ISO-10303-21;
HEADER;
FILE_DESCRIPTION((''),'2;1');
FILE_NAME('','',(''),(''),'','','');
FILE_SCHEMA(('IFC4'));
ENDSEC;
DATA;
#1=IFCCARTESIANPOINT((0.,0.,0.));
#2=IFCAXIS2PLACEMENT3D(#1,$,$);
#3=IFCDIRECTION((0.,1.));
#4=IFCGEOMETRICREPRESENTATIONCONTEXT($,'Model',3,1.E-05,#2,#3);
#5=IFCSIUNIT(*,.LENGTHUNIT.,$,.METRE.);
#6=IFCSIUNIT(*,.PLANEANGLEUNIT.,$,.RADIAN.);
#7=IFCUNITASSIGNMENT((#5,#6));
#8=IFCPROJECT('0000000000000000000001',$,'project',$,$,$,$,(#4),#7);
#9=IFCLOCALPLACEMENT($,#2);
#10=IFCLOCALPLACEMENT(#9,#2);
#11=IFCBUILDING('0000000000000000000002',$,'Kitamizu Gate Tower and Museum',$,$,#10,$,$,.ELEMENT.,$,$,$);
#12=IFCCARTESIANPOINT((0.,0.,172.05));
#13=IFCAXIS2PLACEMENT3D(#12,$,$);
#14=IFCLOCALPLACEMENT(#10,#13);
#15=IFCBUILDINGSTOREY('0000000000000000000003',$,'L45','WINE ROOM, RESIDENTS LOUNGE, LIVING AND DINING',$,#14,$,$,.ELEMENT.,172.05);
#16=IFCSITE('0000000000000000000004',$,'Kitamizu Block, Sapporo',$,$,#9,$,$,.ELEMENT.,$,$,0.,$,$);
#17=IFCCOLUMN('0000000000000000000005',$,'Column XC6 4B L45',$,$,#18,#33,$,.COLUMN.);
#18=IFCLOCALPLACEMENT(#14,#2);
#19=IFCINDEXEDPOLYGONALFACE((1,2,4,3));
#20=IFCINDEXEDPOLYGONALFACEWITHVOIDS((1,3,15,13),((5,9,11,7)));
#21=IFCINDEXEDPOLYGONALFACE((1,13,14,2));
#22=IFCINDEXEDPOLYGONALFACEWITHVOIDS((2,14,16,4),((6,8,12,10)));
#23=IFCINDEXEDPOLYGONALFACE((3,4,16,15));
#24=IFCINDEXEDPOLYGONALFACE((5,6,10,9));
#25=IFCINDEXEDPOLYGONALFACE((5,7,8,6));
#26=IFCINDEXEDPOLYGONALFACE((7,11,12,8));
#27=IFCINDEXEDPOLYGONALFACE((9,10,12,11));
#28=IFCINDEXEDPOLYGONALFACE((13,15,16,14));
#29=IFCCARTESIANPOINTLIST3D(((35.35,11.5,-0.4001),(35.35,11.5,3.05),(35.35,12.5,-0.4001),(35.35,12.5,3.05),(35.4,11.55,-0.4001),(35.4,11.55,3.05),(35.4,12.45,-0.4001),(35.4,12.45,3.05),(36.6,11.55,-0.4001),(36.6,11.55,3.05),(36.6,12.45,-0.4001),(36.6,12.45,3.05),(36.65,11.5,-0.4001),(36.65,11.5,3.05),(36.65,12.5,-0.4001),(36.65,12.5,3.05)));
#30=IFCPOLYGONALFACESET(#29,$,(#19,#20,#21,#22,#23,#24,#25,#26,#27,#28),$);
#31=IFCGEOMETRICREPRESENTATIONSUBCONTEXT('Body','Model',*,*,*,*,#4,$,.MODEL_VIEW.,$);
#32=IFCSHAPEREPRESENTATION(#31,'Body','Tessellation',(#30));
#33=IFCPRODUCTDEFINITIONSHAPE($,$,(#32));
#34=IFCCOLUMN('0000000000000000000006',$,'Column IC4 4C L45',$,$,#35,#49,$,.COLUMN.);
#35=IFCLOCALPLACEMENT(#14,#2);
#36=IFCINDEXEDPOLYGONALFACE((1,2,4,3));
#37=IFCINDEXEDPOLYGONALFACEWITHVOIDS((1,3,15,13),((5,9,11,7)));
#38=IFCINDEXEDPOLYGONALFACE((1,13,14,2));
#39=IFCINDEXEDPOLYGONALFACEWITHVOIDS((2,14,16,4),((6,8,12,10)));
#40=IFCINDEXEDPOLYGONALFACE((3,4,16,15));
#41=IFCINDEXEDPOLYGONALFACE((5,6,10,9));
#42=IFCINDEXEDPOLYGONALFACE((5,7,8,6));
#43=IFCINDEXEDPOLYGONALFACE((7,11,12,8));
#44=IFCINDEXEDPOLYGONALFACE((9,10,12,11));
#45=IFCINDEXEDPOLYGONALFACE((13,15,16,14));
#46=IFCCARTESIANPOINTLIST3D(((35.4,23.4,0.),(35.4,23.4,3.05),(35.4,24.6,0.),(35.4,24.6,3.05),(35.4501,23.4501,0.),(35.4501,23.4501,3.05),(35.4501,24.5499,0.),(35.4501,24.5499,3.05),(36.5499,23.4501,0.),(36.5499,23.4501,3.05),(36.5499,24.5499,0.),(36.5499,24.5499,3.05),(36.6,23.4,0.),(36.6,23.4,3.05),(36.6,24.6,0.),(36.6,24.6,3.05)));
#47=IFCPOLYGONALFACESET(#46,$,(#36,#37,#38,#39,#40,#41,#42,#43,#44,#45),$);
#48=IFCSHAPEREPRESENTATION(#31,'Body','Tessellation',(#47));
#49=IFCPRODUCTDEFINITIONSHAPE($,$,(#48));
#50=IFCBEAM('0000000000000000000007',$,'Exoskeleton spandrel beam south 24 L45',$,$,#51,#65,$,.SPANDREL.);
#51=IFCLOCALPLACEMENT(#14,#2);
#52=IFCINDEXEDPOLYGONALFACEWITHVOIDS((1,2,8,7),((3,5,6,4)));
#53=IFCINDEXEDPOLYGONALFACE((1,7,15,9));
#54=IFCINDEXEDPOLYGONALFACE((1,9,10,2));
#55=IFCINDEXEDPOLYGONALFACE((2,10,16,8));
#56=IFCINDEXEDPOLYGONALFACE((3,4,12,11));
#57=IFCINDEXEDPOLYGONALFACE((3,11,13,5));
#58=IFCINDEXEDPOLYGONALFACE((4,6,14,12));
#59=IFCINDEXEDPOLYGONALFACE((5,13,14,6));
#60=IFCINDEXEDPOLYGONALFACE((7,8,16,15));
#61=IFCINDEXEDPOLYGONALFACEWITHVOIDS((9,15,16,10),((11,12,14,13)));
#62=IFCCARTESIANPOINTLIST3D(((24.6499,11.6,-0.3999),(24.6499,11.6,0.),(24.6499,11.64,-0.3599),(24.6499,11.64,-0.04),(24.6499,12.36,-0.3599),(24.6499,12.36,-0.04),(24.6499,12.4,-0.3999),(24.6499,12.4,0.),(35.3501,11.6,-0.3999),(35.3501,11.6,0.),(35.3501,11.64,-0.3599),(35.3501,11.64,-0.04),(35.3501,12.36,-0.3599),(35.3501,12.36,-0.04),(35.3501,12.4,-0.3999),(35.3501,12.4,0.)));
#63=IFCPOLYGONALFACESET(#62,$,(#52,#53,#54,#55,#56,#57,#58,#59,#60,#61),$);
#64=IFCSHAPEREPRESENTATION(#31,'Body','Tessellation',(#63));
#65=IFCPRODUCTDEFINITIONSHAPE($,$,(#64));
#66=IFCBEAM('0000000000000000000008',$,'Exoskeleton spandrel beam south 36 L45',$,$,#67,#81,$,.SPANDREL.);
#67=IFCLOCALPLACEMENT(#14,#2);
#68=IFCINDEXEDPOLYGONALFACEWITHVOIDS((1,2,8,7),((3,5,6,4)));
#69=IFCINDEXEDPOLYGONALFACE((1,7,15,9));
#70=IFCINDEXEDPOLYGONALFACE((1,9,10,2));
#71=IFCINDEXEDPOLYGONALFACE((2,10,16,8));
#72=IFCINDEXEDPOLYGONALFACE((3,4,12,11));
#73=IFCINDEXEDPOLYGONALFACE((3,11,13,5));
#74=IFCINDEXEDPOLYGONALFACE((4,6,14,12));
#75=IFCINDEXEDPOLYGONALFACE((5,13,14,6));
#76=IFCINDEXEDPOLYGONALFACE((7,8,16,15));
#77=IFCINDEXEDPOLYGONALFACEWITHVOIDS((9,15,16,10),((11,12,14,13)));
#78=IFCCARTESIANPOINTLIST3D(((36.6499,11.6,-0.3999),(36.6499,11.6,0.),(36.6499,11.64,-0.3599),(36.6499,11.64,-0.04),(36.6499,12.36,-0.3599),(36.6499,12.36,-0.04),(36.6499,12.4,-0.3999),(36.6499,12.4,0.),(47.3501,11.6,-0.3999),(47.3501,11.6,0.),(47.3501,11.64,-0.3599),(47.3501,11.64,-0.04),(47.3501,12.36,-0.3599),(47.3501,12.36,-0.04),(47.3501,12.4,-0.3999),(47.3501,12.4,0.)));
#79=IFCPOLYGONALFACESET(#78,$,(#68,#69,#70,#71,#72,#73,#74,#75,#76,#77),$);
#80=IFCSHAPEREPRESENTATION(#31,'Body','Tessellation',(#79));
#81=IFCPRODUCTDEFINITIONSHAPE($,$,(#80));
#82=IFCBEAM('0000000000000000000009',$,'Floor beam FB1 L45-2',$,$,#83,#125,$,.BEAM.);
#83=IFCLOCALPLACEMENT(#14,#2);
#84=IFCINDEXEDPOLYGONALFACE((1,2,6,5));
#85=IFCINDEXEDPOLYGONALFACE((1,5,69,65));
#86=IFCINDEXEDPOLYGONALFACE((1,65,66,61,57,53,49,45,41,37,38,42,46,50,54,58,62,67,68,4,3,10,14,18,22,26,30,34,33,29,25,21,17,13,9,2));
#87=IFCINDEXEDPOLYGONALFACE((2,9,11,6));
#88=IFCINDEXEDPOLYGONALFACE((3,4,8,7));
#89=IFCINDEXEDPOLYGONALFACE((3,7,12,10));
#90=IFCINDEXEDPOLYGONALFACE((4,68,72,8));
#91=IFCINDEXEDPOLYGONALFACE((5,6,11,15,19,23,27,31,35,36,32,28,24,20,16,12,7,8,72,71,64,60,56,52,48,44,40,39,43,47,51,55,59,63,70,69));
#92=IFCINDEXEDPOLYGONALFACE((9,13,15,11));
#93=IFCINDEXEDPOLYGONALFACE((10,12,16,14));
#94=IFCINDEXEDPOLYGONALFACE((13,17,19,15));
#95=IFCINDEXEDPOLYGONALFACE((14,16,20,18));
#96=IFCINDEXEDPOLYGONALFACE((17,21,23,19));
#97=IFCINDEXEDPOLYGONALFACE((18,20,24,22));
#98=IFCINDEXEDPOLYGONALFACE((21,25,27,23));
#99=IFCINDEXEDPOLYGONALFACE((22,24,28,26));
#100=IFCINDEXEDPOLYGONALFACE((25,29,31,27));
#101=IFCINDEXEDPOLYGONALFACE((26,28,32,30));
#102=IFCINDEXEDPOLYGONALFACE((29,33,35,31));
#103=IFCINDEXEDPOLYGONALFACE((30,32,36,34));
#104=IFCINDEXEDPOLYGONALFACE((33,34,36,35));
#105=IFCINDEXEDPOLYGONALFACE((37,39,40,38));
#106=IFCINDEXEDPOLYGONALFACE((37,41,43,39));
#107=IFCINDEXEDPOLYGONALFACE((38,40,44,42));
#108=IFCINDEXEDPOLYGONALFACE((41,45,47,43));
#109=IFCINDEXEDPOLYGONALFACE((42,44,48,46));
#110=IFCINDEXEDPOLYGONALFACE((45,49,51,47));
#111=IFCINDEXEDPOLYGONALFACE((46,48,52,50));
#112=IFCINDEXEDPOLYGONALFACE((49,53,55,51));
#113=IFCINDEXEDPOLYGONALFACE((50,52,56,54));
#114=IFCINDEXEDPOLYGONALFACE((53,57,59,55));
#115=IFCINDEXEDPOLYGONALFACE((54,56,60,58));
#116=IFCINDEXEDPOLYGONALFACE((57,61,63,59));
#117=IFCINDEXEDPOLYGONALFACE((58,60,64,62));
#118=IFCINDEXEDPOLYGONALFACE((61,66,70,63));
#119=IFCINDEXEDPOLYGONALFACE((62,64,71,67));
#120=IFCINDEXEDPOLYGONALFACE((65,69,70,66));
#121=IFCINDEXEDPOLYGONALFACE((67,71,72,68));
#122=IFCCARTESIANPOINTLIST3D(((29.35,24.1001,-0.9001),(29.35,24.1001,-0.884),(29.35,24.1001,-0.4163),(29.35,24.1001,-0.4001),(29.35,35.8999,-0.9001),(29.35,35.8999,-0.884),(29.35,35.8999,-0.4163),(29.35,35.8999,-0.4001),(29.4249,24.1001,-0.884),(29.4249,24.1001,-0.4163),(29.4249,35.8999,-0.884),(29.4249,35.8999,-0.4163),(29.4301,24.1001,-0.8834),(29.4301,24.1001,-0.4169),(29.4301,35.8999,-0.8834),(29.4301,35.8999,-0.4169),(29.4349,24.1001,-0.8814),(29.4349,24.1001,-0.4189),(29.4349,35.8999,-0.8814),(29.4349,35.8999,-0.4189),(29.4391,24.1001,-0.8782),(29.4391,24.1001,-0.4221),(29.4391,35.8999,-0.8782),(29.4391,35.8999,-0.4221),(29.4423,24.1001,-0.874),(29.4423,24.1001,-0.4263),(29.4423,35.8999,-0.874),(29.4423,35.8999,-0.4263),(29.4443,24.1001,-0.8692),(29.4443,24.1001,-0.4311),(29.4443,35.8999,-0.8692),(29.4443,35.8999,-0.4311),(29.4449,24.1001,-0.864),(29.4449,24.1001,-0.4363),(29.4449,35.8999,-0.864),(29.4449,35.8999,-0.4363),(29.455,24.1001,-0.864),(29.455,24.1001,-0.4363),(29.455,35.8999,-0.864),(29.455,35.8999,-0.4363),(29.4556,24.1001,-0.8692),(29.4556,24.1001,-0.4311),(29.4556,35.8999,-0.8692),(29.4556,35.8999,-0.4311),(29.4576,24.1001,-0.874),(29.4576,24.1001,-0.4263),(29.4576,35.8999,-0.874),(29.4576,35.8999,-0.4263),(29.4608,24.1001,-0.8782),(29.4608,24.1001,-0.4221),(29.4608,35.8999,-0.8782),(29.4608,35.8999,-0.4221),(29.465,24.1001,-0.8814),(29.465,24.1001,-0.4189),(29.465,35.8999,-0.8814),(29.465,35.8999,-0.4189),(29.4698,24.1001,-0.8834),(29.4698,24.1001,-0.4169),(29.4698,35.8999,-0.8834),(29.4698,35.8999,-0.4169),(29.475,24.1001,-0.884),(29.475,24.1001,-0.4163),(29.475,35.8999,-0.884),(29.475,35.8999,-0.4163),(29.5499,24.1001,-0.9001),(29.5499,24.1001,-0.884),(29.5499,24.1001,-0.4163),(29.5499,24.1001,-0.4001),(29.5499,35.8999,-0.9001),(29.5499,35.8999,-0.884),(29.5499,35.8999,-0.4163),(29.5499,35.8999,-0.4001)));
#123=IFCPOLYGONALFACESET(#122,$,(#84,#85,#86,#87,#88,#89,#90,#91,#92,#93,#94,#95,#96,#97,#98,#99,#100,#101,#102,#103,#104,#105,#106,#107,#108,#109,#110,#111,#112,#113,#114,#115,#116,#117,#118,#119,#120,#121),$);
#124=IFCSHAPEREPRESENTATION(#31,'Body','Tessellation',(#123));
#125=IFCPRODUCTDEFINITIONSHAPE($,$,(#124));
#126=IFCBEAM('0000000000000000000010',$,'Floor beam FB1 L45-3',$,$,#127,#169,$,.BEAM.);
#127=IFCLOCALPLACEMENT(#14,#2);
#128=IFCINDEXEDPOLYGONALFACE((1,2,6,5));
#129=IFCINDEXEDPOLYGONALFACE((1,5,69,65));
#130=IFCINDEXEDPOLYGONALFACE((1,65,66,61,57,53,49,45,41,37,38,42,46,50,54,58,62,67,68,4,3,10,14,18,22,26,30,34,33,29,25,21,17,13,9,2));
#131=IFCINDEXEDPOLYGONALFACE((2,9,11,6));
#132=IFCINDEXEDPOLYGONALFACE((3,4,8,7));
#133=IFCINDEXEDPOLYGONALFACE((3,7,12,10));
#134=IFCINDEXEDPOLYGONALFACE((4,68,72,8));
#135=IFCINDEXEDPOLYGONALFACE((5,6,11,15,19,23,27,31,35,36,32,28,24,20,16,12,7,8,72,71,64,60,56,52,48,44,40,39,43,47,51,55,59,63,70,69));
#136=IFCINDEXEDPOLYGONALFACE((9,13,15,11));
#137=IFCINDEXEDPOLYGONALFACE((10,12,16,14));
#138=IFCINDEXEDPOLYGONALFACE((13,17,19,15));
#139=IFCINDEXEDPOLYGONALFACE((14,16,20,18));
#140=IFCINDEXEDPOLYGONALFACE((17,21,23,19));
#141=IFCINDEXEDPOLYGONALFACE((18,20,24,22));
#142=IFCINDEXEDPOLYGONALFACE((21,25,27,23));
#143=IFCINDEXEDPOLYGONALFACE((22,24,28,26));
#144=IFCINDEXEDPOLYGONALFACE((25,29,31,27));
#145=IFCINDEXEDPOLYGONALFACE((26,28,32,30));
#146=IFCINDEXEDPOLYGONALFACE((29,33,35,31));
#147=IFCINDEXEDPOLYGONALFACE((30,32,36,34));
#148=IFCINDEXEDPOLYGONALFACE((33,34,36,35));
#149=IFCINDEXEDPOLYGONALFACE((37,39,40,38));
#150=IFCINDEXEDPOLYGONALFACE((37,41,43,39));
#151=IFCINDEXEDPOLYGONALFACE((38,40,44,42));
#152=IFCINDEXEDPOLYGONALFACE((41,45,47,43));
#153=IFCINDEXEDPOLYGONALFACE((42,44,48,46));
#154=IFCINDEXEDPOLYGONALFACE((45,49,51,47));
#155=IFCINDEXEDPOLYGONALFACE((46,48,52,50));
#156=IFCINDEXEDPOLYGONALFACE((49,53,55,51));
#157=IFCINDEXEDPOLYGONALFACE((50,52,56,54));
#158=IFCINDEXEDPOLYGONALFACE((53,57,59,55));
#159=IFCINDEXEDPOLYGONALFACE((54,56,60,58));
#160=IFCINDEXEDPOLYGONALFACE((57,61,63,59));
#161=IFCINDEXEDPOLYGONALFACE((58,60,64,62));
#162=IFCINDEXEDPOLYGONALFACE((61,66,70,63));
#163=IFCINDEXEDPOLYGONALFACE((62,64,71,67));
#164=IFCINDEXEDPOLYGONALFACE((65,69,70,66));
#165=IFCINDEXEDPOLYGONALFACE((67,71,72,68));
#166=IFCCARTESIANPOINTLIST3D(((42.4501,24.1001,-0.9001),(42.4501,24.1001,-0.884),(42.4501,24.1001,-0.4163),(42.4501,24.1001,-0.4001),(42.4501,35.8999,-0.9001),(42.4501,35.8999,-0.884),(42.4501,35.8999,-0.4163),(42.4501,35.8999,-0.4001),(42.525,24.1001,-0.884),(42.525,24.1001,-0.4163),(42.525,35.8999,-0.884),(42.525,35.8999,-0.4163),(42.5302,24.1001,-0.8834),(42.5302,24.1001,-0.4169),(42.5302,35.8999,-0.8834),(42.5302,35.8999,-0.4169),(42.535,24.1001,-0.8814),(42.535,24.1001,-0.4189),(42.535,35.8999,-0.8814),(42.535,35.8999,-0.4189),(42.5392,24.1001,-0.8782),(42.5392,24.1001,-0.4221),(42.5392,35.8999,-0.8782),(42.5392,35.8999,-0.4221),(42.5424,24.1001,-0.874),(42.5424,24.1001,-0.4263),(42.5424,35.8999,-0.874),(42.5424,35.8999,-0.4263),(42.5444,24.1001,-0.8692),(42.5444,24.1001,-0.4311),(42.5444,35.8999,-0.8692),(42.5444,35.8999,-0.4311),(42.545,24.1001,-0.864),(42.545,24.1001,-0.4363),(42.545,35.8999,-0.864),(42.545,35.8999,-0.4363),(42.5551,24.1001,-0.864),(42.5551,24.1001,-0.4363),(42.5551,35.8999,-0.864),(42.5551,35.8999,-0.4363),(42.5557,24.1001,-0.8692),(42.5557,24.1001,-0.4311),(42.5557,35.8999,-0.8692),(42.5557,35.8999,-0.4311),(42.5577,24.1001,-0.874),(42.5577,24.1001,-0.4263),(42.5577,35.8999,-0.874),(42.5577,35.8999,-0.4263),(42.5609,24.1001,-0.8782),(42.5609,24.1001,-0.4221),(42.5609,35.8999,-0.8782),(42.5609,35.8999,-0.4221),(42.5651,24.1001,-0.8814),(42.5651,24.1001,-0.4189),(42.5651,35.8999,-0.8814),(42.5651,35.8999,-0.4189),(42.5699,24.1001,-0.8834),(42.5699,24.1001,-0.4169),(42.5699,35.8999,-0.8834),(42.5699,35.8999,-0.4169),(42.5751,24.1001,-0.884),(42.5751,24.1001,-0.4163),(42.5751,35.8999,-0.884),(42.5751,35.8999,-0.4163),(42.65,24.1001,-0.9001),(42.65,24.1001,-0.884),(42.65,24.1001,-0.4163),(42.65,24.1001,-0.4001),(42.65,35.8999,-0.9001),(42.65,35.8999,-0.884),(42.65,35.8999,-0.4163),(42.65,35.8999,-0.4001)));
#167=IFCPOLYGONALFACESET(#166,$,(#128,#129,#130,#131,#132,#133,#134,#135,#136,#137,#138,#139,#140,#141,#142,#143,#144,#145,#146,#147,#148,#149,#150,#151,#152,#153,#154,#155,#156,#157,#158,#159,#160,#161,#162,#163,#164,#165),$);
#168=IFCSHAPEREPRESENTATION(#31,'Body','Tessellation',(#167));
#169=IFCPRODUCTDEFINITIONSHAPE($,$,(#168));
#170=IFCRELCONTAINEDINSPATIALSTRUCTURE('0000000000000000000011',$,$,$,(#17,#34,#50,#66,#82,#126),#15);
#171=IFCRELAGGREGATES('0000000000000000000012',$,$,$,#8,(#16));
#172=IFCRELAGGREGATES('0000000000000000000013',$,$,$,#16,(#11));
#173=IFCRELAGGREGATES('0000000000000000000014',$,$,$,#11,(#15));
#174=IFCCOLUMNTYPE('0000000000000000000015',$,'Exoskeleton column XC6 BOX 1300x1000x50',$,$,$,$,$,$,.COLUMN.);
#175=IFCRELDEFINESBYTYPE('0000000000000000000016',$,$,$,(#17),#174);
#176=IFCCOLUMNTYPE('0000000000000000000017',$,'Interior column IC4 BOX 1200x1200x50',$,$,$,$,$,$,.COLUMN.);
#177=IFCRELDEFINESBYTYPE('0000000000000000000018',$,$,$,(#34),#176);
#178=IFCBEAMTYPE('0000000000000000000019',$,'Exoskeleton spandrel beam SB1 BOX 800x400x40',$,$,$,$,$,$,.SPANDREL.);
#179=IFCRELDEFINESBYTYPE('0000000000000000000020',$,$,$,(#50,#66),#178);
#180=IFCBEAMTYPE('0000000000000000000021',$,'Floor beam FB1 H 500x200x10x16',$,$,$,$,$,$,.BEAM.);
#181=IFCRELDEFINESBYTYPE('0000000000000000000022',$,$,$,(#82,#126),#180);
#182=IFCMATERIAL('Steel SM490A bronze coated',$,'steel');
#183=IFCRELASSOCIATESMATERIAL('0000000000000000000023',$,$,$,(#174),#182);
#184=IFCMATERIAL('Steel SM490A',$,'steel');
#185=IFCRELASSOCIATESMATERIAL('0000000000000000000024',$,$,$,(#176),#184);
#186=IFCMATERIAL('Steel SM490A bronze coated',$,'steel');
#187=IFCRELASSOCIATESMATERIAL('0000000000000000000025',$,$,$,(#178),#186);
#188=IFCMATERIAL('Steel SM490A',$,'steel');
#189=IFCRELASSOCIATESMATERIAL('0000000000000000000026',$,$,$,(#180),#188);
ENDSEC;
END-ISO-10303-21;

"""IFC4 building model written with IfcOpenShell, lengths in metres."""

from ifc_helpers import new_model, si_unit, direction, frame, origin, origin_2d, place, context, subcontext, project, spatial, hollow_rectangle, i_section, extrude, material, material_profile, profile_set, type_object, element, save


model = new_model("IFC4")

# Units and contexts
model_context = context("Model", 3, precision=1e-05, world=origin(), true_north=direction((0.0, 1.0)))
body_context = subcontext(model_context, "Body", "Model", "MODEL_VIEW")
ifc_project = project(units=[si_unit("LENGTHUNIT", "METRE"), si_unit("PLANEANGLEUNIT", "RADIAN")], contexts=[model_context])

# Site, building, storey
site_placement = place(None, origin())
site = spatial("IfcSite", under=ifc_project, at=site_placement, Name="Kitamizu Block, Sapporo", CompositionType="ELEMENT", RefElevation=0.0)
building_placement = place(site_placement, origin())
building = spatial("IfcBuilding", under=site, at=building_placement, Name="Kitamizu Gate Tower and Museum", CompositionType="ELEMENT")
storey_placement = place(building_placement, frame((0.0, 0.0, 172.05)))
storey = spatial("IfcBuildingStorey", under=building, at=storey_placement, Name="L45", Description="WINE ROOM, RESIDENTS LOUNGE, LIVING AND DINING", CompositionType="ELEMENT", Elevation=172.05)

# Columns
ifc_material_1 = material(Name="Steel SM490A bronze coated", Category="steel")
ifc_material_profile_1 = material_profile(ifc_material_1, hollow_rectangle(XDim=1.3, YDim=1.0, WallThickness=0.05, at=origin_2d()), Name="BOX 1300x1000x50")
ifc_profile_set_1 = profile_set([ifc_material_profile_1], Name="Steel SM490A bronze coated")
column_type_1 = type_object("IfcColumnType", Name="Exoskeleton column XC6 BOX 1300x1000x50", PredefinedType="COLUMN", material=ifc_profile_set_1)
column_1_placement = place(storey_placement, frame((36.0, 12.0, -0.4001), z_axis=(0.0, 0.0, 1.0), x_axis=(1.0, 0.0, 0.0)))
element("IfcColumn", 1, at=column_1_placement, inside=storey, type_object=column_type_1, Name="Column XC6 4B L45", PredefinedType="COLUMN", context=body_context, shape_type="SweptSolid", body=[
    extrude(hollow_rectangle(XDim=1.3, YDim=1.0, WallThickness=0.05, at=origin_2d()), origin(), (0.0, 0.0, 1.0), 3.4502),
])
ifc_material_2 = material(Name="Steel SM490A", Category="steel")
ifc_material_profile_2 = material_profile(ifc_material_2, hollow_rectangle(XDim=1.2, YDim=1.2, WallThickness=0.05, at=origin_2d()), Name="BOX 1200x1200x50")
ifc_profile_set_2 = profile_set([ifc_material_profile_2], Name="Steel SM490A")
column_type_2 = type_object("IfcColumnType", Name="Interior column IC4 BOX 1200x1200x50", PredefinedType="COLUMN", material=ifc_profile_set_2)
column_2_placement = place(storey_placement, frame((36.0, 24.0, 0.0), z_axis=(0.0, 0.0, 1.0), x_axis=(1.0, 0.0, 0.0)))
element("IfcColumn", 2, at=column_2_placement, inside=storey, type_object=column_type_2, Name="Column IC4 4C L45", PredefinedType="COLUMN", context=body_context, shape_type="SweptSolid", body=[
    extrude(hollow_rectangle(XDim=1.2, YDim=1.2, WallThickness=0.05, at=origin_2d()), origin(), (0.0, 0.0, 1.0), 3.05),
])

# Beams
ifc_material_3 = material(Name="Steel SM490A bronze coated", Category="steel")
ifc_material_profile_3 = material_profile(ifc_material_3, hollow_rectangle(XDim=0.8, YDim=0.3999, WallThickness=0.04, at=origin_2d()), Name="BOX 800x400x40")
ifc_profile_set_3 = profile_set([ifc_material_profile_3], Name="Steel SM490A bronze coated")
beam_type_1 = type_object("IfcBeamType", Name="Exoskeleton spandrel beam SB1 BOX 800x400x40", PredefinedType="SPANDREL", material=ifc_profile_set_3)
for number, where, z_axis, x_axis, name in (
    (3, (24.6499, 12.0, -0.2), (1.0, 0.0, 0.0), (0.0, 1.0, 0.0), "Exoskeleton spandrel beam south 24 L45"),
    (4, (36.6499, 12.0, -0.2), (1.0, 0.0, 0.0), (0.0, 1.0, 0.0), "Exoskeleton spandrel beam south 36 L45"),
):
    element("IfcBeam", number, at=place(storey_placement, frame(where, z_axis=z_axis, x_axis=x_axis)), inside=storey, type_object=beam_type_1, Name=name, PredefinedType="SPANDREL", context=body_context, shape_type="SweptSolid", body=[
        extrude(hollow_rectangle(XDim=0.8, YDim=0.3999, WallThickness=0.04, at=origin_2d()), origin(), (0.0, 0.0, 1.0), 10.7002),
    ])
ifc_material_4 = material(Name="Steel SM490A", Category="steel")
ifc_material_profile_4 = material_profile(ifc_material_4, i_section(OverallWidth=0.2, OverallDepth=0.5, WebThickness=0.01, FlangeThickness=0.0161, FilletRadius=0.02, at=origin_2d()), Name="H-500x200x10x16")
ifc_profile_set_4 = profile_set([ifc_material_profile_4], Name="Steel SM490A")
beam_type_2 = type_object("IfcBeamType", Name="Floor beam FB1 H 500x200x10x16", PredefinedType="BEAM", material=ifc_profile_set_4)
for number, where, z_axis, x_axis, name in (
    (5, (29.45, 24.1001, -0.6501), (0.0, 1.0, 0.0), (-1.0, 0.0, 0.0), "Floor beam FB1 L45-2"),
    (6, (42.55, 24.1001, -0.6501), (0.0, 1.0, 0.0), (-1.0, 0.0, 0.0), "Floor beam FB1 L45-3"),
):
    element("IfcBeam", number, at=place(storey_placement, frame(where, z_axis=z_axis, x_axis=x_axis)), inside=storey, type_object=beam_type_2, Name=name, PredefinedType="BEAM", context=body_context, shape_type="SweptSolid", body=[
        extrude(i_section(OverallWidth=0.2, OverallDepth=0.5, WebThickness=0.01, FlangeThickness=0.0161, FilletRadius=0.02, at=origin_2d()), origin(), (0.0, 0.0, 1.0), 11.7998),
    ])

save(model, "model.ifc")
